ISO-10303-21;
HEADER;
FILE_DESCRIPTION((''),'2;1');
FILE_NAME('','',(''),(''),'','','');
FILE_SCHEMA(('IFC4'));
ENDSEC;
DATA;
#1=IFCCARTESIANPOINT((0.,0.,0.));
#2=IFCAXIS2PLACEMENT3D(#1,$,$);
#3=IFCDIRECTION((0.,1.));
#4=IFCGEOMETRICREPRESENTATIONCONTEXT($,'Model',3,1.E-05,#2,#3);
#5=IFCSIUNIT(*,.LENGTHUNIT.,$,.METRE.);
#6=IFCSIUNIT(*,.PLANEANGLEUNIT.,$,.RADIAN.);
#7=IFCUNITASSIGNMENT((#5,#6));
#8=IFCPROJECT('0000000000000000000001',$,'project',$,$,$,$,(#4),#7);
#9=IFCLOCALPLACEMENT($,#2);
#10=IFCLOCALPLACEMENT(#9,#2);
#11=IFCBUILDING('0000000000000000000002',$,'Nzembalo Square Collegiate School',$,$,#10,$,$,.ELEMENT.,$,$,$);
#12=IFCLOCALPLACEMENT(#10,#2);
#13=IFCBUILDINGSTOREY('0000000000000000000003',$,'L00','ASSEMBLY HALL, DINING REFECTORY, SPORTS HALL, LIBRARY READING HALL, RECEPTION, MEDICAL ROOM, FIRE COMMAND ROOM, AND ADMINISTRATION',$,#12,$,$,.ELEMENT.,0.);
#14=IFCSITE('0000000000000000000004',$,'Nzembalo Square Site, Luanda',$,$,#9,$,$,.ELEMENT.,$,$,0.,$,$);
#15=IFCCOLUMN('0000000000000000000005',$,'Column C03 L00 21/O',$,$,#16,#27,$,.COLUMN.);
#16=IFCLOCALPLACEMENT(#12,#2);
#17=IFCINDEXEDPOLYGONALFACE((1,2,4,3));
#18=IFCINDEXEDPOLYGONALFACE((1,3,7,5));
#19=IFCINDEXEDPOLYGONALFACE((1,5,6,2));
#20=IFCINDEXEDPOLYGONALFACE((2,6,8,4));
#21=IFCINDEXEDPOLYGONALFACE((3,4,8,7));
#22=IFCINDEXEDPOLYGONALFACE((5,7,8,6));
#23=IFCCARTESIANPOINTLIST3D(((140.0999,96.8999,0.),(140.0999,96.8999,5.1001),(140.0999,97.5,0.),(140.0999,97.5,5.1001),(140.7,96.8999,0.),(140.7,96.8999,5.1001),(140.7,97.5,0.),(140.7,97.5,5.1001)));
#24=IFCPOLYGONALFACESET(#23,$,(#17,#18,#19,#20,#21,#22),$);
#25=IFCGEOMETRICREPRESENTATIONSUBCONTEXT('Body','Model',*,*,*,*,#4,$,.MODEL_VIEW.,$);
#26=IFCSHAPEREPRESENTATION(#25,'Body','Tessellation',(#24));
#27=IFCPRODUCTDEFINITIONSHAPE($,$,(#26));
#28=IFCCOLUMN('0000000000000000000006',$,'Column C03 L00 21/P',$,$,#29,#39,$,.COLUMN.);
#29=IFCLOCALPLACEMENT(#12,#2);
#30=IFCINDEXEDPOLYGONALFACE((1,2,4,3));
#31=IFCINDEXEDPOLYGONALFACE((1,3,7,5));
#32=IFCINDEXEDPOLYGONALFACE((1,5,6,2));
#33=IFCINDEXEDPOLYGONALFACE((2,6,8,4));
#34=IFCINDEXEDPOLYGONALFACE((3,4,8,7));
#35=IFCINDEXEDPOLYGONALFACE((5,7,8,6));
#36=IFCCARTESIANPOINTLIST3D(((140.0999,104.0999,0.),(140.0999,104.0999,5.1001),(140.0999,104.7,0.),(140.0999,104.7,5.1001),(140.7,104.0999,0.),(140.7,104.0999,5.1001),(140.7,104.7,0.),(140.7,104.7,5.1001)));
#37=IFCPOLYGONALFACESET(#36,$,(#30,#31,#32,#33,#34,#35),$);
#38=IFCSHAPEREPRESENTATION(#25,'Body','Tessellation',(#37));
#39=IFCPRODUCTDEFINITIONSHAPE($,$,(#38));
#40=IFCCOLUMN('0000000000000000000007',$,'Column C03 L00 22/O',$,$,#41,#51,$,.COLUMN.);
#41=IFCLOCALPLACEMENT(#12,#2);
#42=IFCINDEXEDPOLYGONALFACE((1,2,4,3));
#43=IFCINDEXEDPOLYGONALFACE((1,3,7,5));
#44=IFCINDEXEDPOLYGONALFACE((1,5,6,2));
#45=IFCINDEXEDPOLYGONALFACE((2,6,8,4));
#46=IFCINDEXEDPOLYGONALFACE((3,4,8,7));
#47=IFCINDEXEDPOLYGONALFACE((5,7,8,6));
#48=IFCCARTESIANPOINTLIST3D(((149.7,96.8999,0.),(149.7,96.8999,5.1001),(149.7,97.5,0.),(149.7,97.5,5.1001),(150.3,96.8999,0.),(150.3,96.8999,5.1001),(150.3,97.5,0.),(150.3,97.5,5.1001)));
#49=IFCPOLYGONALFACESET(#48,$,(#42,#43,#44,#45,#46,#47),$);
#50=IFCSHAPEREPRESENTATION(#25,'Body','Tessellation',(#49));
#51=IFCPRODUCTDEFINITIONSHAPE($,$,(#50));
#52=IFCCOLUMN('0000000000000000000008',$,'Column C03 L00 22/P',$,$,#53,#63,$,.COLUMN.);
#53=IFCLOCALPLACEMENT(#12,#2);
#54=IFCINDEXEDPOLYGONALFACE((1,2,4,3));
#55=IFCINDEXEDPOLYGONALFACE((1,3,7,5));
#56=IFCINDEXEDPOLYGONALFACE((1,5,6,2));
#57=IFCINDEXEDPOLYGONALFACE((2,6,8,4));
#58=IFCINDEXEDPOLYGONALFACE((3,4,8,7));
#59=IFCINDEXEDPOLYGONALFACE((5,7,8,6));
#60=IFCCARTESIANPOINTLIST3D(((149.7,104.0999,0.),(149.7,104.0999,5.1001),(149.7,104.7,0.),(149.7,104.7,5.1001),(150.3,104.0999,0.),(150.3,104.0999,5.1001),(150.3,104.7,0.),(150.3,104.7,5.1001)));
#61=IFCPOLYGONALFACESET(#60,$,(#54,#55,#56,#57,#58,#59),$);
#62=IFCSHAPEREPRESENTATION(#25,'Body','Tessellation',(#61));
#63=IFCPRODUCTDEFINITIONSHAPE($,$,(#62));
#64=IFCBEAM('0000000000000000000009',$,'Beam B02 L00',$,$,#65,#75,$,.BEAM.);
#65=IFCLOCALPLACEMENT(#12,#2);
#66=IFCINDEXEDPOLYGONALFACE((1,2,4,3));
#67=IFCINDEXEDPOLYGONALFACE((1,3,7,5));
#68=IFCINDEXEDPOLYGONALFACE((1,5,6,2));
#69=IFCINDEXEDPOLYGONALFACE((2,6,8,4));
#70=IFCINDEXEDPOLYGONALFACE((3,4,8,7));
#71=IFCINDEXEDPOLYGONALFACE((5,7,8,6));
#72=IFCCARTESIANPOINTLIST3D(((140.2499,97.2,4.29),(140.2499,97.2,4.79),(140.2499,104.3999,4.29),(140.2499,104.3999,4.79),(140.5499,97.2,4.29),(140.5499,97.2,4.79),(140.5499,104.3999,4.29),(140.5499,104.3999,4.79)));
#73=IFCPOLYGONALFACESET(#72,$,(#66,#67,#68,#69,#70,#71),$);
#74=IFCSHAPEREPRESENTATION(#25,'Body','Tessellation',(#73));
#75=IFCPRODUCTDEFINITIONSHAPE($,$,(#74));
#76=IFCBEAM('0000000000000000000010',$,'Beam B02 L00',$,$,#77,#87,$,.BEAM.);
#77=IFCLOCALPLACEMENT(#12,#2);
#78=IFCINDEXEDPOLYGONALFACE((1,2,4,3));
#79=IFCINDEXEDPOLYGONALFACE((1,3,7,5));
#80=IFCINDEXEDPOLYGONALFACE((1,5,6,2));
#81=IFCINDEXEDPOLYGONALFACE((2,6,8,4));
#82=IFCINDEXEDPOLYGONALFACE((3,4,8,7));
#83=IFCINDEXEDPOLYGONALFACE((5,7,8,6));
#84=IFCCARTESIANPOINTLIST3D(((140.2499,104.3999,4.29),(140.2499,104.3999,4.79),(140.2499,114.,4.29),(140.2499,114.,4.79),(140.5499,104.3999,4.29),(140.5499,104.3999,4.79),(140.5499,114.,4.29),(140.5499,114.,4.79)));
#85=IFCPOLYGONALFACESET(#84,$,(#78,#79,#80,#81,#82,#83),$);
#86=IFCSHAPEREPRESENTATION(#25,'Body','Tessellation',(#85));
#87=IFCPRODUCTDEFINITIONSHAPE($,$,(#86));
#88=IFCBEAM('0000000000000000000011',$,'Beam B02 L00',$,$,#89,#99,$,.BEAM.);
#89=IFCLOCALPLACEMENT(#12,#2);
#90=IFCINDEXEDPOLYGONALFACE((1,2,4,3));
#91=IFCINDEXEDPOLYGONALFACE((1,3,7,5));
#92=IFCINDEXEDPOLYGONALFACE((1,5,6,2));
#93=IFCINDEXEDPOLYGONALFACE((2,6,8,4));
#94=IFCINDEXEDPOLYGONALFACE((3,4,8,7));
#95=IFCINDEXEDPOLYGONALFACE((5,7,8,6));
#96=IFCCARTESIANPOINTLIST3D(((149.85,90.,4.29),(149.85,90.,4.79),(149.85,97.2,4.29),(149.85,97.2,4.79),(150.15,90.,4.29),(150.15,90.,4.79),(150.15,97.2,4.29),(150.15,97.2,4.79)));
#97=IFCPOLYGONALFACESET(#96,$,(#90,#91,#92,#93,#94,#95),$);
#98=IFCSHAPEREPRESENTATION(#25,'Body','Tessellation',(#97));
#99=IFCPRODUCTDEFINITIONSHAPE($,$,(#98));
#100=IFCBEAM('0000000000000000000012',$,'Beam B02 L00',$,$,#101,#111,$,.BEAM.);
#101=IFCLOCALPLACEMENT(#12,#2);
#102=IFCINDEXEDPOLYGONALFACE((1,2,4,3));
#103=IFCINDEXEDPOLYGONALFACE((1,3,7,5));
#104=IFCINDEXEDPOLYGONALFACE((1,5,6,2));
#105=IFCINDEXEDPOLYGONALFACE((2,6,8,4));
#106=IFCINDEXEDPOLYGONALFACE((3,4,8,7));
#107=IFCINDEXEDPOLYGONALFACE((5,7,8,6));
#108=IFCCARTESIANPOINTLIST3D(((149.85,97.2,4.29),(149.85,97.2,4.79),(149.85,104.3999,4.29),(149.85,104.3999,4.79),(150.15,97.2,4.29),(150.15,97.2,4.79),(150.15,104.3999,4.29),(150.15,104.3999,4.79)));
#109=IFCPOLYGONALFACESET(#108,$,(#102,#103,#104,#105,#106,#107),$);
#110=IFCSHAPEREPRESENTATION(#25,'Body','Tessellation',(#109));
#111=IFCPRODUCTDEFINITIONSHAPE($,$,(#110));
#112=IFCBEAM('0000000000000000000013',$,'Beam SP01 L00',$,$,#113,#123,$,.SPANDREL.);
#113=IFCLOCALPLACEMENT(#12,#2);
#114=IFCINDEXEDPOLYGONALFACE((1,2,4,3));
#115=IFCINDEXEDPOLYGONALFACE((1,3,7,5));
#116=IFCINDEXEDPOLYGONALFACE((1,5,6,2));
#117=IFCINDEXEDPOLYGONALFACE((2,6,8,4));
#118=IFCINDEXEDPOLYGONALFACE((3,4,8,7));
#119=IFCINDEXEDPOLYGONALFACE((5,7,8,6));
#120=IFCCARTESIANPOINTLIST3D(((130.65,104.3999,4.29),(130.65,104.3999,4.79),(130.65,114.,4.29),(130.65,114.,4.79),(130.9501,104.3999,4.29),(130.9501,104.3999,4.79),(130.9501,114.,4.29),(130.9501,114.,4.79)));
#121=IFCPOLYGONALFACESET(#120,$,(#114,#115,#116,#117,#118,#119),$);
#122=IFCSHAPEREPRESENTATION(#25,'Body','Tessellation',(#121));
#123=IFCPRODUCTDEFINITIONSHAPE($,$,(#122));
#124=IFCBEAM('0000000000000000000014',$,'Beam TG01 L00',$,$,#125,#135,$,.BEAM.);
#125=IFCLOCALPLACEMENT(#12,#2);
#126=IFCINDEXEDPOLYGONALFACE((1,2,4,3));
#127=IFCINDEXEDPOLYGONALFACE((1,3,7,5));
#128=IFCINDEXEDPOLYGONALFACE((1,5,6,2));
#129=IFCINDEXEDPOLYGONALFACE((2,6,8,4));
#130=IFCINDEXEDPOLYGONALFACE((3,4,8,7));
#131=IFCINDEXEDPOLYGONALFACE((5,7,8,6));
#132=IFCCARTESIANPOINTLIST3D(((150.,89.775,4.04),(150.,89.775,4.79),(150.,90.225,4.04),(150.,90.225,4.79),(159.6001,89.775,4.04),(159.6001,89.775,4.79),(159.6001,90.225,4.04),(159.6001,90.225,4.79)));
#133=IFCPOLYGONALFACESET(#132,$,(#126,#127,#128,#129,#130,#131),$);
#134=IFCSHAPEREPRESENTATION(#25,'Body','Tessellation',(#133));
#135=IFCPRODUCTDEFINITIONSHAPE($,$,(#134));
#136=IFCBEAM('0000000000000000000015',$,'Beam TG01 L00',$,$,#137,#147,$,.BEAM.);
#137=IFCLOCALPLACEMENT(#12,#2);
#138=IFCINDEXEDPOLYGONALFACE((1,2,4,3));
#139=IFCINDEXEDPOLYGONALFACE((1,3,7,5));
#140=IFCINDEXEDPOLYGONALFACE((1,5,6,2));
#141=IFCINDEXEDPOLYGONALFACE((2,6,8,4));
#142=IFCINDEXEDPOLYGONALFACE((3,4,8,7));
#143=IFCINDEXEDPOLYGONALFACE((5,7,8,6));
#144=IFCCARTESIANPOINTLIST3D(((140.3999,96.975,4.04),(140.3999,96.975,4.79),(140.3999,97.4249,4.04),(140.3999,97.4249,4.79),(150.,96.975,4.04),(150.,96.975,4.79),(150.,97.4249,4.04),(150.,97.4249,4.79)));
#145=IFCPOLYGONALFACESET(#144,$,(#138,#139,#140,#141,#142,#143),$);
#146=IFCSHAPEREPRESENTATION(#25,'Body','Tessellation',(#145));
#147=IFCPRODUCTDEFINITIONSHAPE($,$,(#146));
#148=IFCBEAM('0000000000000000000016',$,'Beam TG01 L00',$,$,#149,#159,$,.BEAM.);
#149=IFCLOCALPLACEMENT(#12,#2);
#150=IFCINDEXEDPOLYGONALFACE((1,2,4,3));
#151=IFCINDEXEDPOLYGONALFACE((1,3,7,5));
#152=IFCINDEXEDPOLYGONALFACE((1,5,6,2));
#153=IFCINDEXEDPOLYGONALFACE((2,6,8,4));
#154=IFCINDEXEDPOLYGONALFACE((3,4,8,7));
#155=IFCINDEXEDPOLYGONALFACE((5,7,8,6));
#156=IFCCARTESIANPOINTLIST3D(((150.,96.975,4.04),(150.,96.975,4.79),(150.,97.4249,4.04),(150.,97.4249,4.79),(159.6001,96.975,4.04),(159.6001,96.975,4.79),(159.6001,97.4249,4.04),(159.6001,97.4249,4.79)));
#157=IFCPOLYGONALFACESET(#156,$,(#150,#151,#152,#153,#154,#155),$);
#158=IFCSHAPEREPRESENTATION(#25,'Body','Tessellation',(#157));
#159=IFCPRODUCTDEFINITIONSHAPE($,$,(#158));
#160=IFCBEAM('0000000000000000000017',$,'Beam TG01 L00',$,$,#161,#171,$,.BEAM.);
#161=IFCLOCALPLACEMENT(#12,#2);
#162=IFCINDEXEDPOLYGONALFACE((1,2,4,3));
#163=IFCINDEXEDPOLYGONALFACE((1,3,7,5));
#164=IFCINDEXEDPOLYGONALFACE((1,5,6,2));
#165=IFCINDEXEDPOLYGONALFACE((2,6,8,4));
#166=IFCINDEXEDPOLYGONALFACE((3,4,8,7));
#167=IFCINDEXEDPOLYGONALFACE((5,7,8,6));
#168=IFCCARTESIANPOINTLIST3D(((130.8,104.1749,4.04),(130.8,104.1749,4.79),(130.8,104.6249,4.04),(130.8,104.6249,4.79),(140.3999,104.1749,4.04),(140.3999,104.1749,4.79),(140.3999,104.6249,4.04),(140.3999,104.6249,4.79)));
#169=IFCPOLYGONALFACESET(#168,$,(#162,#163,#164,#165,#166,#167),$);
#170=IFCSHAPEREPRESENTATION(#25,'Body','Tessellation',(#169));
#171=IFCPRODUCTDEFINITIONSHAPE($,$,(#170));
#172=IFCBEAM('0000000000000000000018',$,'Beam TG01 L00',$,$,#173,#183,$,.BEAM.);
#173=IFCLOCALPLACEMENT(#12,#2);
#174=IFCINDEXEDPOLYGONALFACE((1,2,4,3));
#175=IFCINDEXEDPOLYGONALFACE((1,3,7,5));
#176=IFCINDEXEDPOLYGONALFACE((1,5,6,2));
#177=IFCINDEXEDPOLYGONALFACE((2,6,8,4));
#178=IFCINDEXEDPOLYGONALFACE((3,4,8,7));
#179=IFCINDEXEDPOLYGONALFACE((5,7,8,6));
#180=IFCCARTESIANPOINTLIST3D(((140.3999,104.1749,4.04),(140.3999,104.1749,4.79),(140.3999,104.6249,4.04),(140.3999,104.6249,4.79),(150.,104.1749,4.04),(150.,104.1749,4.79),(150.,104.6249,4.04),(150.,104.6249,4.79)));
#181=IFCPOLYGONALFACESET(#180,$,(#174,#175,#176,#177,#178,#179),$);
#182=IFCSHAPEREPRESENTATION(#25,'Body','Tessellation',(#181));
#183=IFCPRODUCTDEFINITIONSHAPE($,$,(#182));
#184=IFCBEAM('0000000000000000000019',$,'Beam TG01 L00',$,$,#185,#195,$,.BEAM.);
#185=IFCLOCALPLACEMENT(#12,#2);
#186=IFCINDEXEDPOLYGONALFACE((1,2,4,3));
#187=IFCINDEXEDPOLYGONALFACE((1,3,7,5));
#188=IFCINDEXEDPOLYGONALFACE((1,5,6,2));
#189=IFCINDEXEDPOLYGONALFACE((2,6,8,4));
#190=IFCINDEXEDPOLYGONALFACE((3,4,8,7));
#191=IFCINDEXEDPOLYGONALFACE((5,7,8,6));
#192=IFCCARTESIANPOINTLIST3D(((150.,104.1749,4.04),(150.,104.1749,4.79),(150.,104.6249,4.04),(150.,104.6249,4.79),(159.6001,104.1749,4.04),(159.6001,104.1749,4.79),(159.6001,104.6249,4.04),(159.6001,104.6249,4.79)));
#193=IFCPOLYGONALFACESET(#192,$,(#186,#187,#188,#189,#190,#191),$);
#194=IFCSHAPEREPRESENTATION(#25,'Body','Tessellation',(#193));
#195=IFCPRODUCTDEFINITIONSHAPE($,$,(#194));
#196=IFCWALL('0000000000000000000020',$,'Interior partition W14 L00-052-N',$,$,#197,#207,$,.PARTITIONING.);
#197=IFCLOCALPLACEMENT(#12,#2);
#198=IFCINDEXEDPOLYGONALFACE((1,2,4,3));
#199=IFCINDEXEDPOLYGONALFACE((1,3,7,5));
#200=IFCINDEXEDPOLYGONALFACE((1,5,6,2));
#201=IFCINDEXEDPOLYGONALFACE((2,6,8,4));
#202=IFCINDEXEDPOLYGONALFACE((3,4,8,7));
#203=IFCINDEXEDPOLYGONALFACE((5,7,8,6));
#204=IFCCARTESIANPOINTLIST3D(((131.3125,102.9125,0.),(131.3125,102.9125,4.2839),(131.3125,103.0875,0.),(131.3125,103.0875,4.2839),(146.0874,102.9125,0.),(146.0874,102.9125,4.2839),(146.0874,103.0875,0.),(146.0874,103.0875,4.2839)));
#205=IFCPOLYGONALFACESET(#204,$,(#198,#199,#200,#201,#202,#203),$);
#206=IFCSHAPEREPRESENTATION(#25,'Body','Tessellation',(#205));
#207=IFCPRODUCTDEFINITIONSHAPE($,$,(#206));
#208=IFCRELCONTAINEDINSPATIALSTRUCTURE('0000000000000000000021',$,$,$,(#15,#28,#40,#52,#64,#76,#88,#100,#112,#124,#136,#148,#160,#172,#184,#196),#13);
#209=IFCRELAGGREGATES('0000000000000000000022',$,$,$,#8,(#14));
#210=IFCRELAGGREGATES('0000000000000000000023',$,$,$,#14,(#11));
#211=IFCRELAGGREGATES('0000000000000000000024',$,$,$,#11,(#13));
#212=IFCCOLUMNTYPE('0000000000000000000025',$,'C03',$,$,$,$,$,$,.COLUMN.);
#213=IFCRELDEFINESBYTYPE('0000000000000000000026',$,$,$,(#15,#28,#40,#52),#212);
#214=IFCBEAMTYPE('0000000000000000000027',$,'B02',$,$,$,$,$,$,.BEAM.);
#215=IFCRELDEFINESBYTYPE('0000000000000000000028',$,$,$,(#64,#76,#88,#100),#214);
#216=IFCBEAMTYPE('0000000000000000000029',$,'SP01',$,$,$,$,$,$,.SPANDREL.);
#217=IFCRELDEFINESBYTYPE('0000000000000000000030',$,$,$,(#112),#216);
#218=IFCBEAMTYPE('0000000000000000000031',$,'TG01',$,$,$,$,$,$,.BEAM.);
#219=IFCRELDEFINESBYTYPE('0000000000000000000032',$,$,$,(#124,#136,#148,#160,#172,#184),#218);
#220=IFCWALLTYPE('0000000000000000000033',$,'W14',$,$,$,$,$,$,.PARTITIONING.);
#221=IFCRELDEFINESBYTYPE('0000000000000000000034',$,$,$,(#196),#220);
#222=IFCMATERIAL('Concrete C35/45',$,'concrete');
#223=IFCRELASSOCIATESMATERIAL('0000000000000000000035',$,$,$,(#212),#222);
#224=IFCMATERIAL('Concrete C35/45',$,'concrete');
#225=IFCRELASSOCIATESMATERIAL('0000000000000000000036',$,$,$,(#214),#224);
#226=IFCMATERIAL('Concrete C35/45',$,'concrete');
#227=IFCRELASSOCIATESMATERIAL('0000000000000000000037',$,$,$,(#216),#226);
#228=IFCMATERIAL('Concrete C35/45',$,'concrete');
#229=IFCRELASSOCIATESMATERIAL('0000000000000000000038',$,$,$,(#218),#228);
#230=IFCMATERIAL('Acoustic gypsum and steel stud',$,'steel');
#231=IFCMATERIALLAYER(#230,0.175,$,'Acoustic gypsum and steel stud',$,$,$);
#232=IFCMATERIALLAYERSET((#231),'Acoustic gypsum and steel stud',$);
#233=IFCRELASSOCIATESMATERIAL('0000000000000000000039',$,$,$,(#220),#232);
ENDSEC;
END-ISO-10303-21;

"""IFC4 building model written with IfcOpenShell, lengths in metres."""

from ifc_helpers import new_model, si_unit, direction, frame, frame_2d, origin, origin_2d, place, context, subcontext, project, spatial, rectangle, extrude, material, layer, layer_set, material_profile, profile_set, type_object, element, save


model = new_model("IFC4")

# Units and contexts
model_context = context("Model", 3, precision=1e-05, world=origin(), true_north=direction((0.0, 1.0)))
body_context = subcontext(model_context, "Body", "Model", "MODEL_VIEW")
ifc_project = project(units=[si_unit("LENGTHUNIT", "METRE"), si_unit("PLANEANGLEUNIT", "RADIAN")], contexts=[model_context])

# Site, building, storey
site_placement = place(None, origin())
site = spatial("IfcSite", under=ifc_project, at=site_placement, Name="Nzembalo Square Site, Luanda", CompositionType="ELEMENT", RefElevation=0.0)
building_placement = place(site_placement, origin())
building = spatial("IfcBuilding", under=site, at=building_placement, Name="Nzembalo Square Collegiate School", CompositionType="ELEMENT")
storey_placement = place(building_placement, origin())
storey = spatial("IfcBuildingStorey", under=building, at=storey_placement, Name="L00", Description="ASSEMBLY HALL, DINING REFECTORY, SPORTS HALL, LIBRARY READING HALL, RECEPTION, MEDICAL ROOM, FIRE COMMAND ROOM, AND ADMINISTRATION", CompositionType="ELEMENT", Elevation=0.0)

# Columns
ifc_material_1 = material(Name="Concrete C35/45", Category="concrete")
ifc_material_profile_1 = material_profile(ifc_material_1, rectangle(XDim=0.6001, YDim=0.6001, at=origin_2d()), Name="RC 600x600")
ifc_profile_set_1 = profile_set([ifc_material_profile_1], Name="Concrete C35/45")
column_type = type_object("IfcColumnType", Name="C03", PredefinedType="COLUMN", material=ifc_profile_set_1)
for number, where, z_axis, x_axis, name in (
    (1, (140.3999, 97.2, 0.0), (0.0, 0.0, 1.0), (1.0, 0.0, 0.0), "Column C03 L00 21/O"),
    (2, (140.3999, 104.3999, 0.0), (0.0, 0.0, 1.0), (1.0, 0.0, 0.0), "Column C03 L00 21/P"),
    (3, (150.0, 97.2, 0.0), (0.0, 0.0, 1.0), (1.0, 0.0, 0.0), "Column C03 L00 22/O"),
    (4, (150.0, 104.3999, 0.0), (0.0, 0.0, 1.0), (1.0, 0.0, 0.0), "Column C03 L00 22/P"),
):
    element("IfcColumn", number, at=place(storey_placement, frame(where, z_axis=z_axis, x_axis=x_axis)), inside=storey, type_object=column_type, Name=name, PredefinedType="COLUMN", context=body_context, shape_type="SweptSolid", body=[
        extrude(rectangle(XDim=0.6001, YDim=0.6001, at=origin_2d()), origin(), (0.0, 0.0, 1.0), 5.1001),
    ])

# Beams
ifc_material_2 = material(Name="Concrete C35/45", Category="concrete")
ifc_material_profile_2 = material_profile(ifc_material_2, rectangle(XDim=0.3, YDim=0.5, at=origin_2d()), Name="RC 300x500")
ifc_profile_set_2 = profile_set([ifc_material_profile_2], Name="Concrete C35/45")
beam_type_1 = type_object("IfcBeamType", Name="B02", PredefinedType="BEAM", material=ifc_profile_set_2)
beam_1_placement = place(storey_placement, frame((140.3999, 97.2, 4.54), z_axis=(0.0, 1.0, 0.0), x_axis=(-1.0, 0.0, 0.0)))
element("IfcBeam", 5, at=beam_1_placement, inside=storey, type_object=beam_type_1, Name="Beam B02 L00", PredefinedType="BEAM", context=body_context, shape_type="SweptSolid", body=[
    extrude(rectangle(XDim=0.3, YDim=0.5, at=origin_2d()), origin(), (0.0, 0.0, 1.0), 7.2),
])
beam_2_placement = place(storey_placement, frame((140.3999, 104.3999, 4.54), z_axis=(0.0, 1.0, 0.0), x_axis=(-1.0, 0.0, 0.0)))
element("IfcBeam", 6, at=beam_2_placement, inside=storey, type_object=beam_type_1, Name="Beam B02 L00", PredefinedType="BEAM", context=body_context, shape_type="SweptSolid", body=[
    extrude(rectangle(XDim=0.3, YDim=0.5, at=origin_2d()), origin(), (0.0, 0.0, 1.0), 9.6001),
])
for number, where, z_axis, x_axis, name in (
    (7, (150.0, 90.0, 4.54), (0.0, 1.0, 0.0), (-1.0, 0.0, 0.0), "Beam B02 L00"),
    (8, (150.0, 97.2, 4.54), (0.0, 1.0, 0.0), (-1.0, 0.0, 0.0), "Beam B02 L00"),
):
    element("IfcBeam", number, at=place(storey_placement, frame(where, z_axis=z_axis, x_axis=x_axis)), inside=storey, type_object=beam_type_1, Name=name, PredefinedType="BEAM", context=body_context, shape_type="SweptSolid", body=[
        extrude(rectangle(XDim=0.3, YDim=0.5, at=origin_2d()), origin(), (0.0, 0.0, 1.0), 7.2),
    ])
ifc_material_3 = material(Name="Concrete C35/45", Category="concrete")
ifc_material_profile_3 = material_profile(ifc_material_3, rectangle(XDim=0.3, YDim=0.5, at=origin_2d()), Name="RC 300x500")
ifc_profile_set_3 = profile_set([ifc_material_profile_3], Name="Concrete C35/45")
beam_type_2 = type_object("IfcBeamType", Name="SP01", PredefinedType="SPANDREL", material=ifc_profile_set_3)
beam_3_placement = place(storey_placement, frame((130.8, 104.3999, 4.54), z_axis=(0.0, 1.0, 0.0), x_axis=(-1.0, 0.0, 0.0)))
element("IfcBeam", 9, at=beam_3_placement, inside=storey, type_object=beam_type_2, Name="Beam SP01 L00", PredefinedType="SPANDREL", context=body_context, shape_type="SweptSolid", body=[
    extrude(rectangle(XDim=0.3, YDim=0.5, at=origin_2d()), origin(), (0.0, 0.0, 1.0), 9.6001),
])
ifc_material_4 = material(Name="Concrete C35/45", Category="concrete")
ifc_material_profile_4 = material_profile(ifc_material_4, rectangle(XDim=0.45, YDim=0.75, at=origin_2d()), Name="RC 450x750")
ifc_profile_set_4 = profile_set([ifc_material_profile_4], Name="Concrete C35/45")
beam_type_3 = type_object("IfcBeamType", Name="TG01", PredefinedType="BEAM", material=ifc_profile_set_4)
for number, where, z_axis, x_axis, name in (
    (10, (150.0, 90.0, 4.415), (1.0, 0.0, 0.0), (0.0, 1.0, 0.0), "Beam TG01 L00"),
    (11, (140.3999, 97.2, 4.415), (1.0, 0.0, 0.0), (0.0, 1.0, 0.0), "Beam TG01 L00"),
    (12, (150.0, 97.2, 4.415), (1.0, 0.0, 0.0), (0.0, 1.0, 0.0), "Beam TG01 L00"),
):
    element("IfcBeam", number, at=place(storey_placement, frame(where, z_axis=z_axis, x_axis=x_axis)), inside=storey, type_object=beam_type_3, Name=name, PredefinedType="BEAM", context=body_context, shape_type="SweptSolid", body=[
        extrude(rectangle(XDim=0.45, YDim=0.75, at=origin_2d()), origin(), (0.0, 0.0, 1.0), 9.6001),
    ])
beam_4_placement = place(storey_placement, frame((130.8, 104.3999, 4.415), z_axis=(1.0, 0.0, 0.0), x_axis=(0.0, 1.0, 0.0)))
element("IfcBeam", 13, at=beam_4_placement, inside=storey, type_object=beam_type_3, Name="Beam TG01 L00", PredefinedType="BEAM", context=body_context, shape_type="SweptSolid", body=[
    extrude(rectangle(XDim=0.45, YDim=0.75, at=origin_2d()), origin(), (0.0, 0.0, 1.0), 9.5999),
])
for number, where, z_axis, x_axis, name in (
    (14, (140.3999, 104.3999, 4.415), (1.0, 0.0, 0.0), (0.0, 1.0, 0.0), "Beam TG01 L00"),
    (15, (150.0, 104.3999, 4.415), (1.0, 0.0, 0.0), (0.0, 1.0, 0.0), "Beam TG01 L00"),
):
    element("IfcBeam", number, at=place(storey_placement, frame(where, z_axis=z_axis, x_axis=x_axis)), inside=storey, type_object=beam_type_3, Name=name, PredefinedType="BEAM", context=body_context, shape_type="SweptSolid", body=[
        extrude(rectangle(XDim=0.45, YDim=0.75, at=origin_2d()), origin(), (0.0, 0.0, 1.0), 9.6001),
    ])

# Wall
ifc_material_5 = material(Name="Acoustic gypsum and steel stud", Category="steel")
ifc_layer_1 = layer(ifc_material_5, 0.175, Name="Acoustic gypsum and steel stud")
ifc_layer_set_1 = layer_set([ifc_layer_1], Name="Acoustic gypsum and steel stud")
wall_type_1 = type_object("IfcWallType", Name="W14", PredefinedType="PARTITIONING", material=ifc_layer_set_1)
wall_1_placement = place(storey_placement, frame((131.3125, 103.0, 0.0), z_axis=(0.0, 0.0, 1.0), x_axis=(1.0, 0.0, 0.0)))
element("IfcWall", 16, at=wall_1_placement, inside=storey, type_object=wall_type_1, Name="Interior partition W14 L00-052-N", PredefinedType="PARTITIONING", context=body_context, shape_type="SweptSolid", body=[
    extrude(rectangle(XDim=14.7749, YDim=0.175, at=frame_2d((7.3875, 0.0))), origin(), (0.0, 0.0, 1.0), 4.2839),
])

save(model, "model.ifc")
